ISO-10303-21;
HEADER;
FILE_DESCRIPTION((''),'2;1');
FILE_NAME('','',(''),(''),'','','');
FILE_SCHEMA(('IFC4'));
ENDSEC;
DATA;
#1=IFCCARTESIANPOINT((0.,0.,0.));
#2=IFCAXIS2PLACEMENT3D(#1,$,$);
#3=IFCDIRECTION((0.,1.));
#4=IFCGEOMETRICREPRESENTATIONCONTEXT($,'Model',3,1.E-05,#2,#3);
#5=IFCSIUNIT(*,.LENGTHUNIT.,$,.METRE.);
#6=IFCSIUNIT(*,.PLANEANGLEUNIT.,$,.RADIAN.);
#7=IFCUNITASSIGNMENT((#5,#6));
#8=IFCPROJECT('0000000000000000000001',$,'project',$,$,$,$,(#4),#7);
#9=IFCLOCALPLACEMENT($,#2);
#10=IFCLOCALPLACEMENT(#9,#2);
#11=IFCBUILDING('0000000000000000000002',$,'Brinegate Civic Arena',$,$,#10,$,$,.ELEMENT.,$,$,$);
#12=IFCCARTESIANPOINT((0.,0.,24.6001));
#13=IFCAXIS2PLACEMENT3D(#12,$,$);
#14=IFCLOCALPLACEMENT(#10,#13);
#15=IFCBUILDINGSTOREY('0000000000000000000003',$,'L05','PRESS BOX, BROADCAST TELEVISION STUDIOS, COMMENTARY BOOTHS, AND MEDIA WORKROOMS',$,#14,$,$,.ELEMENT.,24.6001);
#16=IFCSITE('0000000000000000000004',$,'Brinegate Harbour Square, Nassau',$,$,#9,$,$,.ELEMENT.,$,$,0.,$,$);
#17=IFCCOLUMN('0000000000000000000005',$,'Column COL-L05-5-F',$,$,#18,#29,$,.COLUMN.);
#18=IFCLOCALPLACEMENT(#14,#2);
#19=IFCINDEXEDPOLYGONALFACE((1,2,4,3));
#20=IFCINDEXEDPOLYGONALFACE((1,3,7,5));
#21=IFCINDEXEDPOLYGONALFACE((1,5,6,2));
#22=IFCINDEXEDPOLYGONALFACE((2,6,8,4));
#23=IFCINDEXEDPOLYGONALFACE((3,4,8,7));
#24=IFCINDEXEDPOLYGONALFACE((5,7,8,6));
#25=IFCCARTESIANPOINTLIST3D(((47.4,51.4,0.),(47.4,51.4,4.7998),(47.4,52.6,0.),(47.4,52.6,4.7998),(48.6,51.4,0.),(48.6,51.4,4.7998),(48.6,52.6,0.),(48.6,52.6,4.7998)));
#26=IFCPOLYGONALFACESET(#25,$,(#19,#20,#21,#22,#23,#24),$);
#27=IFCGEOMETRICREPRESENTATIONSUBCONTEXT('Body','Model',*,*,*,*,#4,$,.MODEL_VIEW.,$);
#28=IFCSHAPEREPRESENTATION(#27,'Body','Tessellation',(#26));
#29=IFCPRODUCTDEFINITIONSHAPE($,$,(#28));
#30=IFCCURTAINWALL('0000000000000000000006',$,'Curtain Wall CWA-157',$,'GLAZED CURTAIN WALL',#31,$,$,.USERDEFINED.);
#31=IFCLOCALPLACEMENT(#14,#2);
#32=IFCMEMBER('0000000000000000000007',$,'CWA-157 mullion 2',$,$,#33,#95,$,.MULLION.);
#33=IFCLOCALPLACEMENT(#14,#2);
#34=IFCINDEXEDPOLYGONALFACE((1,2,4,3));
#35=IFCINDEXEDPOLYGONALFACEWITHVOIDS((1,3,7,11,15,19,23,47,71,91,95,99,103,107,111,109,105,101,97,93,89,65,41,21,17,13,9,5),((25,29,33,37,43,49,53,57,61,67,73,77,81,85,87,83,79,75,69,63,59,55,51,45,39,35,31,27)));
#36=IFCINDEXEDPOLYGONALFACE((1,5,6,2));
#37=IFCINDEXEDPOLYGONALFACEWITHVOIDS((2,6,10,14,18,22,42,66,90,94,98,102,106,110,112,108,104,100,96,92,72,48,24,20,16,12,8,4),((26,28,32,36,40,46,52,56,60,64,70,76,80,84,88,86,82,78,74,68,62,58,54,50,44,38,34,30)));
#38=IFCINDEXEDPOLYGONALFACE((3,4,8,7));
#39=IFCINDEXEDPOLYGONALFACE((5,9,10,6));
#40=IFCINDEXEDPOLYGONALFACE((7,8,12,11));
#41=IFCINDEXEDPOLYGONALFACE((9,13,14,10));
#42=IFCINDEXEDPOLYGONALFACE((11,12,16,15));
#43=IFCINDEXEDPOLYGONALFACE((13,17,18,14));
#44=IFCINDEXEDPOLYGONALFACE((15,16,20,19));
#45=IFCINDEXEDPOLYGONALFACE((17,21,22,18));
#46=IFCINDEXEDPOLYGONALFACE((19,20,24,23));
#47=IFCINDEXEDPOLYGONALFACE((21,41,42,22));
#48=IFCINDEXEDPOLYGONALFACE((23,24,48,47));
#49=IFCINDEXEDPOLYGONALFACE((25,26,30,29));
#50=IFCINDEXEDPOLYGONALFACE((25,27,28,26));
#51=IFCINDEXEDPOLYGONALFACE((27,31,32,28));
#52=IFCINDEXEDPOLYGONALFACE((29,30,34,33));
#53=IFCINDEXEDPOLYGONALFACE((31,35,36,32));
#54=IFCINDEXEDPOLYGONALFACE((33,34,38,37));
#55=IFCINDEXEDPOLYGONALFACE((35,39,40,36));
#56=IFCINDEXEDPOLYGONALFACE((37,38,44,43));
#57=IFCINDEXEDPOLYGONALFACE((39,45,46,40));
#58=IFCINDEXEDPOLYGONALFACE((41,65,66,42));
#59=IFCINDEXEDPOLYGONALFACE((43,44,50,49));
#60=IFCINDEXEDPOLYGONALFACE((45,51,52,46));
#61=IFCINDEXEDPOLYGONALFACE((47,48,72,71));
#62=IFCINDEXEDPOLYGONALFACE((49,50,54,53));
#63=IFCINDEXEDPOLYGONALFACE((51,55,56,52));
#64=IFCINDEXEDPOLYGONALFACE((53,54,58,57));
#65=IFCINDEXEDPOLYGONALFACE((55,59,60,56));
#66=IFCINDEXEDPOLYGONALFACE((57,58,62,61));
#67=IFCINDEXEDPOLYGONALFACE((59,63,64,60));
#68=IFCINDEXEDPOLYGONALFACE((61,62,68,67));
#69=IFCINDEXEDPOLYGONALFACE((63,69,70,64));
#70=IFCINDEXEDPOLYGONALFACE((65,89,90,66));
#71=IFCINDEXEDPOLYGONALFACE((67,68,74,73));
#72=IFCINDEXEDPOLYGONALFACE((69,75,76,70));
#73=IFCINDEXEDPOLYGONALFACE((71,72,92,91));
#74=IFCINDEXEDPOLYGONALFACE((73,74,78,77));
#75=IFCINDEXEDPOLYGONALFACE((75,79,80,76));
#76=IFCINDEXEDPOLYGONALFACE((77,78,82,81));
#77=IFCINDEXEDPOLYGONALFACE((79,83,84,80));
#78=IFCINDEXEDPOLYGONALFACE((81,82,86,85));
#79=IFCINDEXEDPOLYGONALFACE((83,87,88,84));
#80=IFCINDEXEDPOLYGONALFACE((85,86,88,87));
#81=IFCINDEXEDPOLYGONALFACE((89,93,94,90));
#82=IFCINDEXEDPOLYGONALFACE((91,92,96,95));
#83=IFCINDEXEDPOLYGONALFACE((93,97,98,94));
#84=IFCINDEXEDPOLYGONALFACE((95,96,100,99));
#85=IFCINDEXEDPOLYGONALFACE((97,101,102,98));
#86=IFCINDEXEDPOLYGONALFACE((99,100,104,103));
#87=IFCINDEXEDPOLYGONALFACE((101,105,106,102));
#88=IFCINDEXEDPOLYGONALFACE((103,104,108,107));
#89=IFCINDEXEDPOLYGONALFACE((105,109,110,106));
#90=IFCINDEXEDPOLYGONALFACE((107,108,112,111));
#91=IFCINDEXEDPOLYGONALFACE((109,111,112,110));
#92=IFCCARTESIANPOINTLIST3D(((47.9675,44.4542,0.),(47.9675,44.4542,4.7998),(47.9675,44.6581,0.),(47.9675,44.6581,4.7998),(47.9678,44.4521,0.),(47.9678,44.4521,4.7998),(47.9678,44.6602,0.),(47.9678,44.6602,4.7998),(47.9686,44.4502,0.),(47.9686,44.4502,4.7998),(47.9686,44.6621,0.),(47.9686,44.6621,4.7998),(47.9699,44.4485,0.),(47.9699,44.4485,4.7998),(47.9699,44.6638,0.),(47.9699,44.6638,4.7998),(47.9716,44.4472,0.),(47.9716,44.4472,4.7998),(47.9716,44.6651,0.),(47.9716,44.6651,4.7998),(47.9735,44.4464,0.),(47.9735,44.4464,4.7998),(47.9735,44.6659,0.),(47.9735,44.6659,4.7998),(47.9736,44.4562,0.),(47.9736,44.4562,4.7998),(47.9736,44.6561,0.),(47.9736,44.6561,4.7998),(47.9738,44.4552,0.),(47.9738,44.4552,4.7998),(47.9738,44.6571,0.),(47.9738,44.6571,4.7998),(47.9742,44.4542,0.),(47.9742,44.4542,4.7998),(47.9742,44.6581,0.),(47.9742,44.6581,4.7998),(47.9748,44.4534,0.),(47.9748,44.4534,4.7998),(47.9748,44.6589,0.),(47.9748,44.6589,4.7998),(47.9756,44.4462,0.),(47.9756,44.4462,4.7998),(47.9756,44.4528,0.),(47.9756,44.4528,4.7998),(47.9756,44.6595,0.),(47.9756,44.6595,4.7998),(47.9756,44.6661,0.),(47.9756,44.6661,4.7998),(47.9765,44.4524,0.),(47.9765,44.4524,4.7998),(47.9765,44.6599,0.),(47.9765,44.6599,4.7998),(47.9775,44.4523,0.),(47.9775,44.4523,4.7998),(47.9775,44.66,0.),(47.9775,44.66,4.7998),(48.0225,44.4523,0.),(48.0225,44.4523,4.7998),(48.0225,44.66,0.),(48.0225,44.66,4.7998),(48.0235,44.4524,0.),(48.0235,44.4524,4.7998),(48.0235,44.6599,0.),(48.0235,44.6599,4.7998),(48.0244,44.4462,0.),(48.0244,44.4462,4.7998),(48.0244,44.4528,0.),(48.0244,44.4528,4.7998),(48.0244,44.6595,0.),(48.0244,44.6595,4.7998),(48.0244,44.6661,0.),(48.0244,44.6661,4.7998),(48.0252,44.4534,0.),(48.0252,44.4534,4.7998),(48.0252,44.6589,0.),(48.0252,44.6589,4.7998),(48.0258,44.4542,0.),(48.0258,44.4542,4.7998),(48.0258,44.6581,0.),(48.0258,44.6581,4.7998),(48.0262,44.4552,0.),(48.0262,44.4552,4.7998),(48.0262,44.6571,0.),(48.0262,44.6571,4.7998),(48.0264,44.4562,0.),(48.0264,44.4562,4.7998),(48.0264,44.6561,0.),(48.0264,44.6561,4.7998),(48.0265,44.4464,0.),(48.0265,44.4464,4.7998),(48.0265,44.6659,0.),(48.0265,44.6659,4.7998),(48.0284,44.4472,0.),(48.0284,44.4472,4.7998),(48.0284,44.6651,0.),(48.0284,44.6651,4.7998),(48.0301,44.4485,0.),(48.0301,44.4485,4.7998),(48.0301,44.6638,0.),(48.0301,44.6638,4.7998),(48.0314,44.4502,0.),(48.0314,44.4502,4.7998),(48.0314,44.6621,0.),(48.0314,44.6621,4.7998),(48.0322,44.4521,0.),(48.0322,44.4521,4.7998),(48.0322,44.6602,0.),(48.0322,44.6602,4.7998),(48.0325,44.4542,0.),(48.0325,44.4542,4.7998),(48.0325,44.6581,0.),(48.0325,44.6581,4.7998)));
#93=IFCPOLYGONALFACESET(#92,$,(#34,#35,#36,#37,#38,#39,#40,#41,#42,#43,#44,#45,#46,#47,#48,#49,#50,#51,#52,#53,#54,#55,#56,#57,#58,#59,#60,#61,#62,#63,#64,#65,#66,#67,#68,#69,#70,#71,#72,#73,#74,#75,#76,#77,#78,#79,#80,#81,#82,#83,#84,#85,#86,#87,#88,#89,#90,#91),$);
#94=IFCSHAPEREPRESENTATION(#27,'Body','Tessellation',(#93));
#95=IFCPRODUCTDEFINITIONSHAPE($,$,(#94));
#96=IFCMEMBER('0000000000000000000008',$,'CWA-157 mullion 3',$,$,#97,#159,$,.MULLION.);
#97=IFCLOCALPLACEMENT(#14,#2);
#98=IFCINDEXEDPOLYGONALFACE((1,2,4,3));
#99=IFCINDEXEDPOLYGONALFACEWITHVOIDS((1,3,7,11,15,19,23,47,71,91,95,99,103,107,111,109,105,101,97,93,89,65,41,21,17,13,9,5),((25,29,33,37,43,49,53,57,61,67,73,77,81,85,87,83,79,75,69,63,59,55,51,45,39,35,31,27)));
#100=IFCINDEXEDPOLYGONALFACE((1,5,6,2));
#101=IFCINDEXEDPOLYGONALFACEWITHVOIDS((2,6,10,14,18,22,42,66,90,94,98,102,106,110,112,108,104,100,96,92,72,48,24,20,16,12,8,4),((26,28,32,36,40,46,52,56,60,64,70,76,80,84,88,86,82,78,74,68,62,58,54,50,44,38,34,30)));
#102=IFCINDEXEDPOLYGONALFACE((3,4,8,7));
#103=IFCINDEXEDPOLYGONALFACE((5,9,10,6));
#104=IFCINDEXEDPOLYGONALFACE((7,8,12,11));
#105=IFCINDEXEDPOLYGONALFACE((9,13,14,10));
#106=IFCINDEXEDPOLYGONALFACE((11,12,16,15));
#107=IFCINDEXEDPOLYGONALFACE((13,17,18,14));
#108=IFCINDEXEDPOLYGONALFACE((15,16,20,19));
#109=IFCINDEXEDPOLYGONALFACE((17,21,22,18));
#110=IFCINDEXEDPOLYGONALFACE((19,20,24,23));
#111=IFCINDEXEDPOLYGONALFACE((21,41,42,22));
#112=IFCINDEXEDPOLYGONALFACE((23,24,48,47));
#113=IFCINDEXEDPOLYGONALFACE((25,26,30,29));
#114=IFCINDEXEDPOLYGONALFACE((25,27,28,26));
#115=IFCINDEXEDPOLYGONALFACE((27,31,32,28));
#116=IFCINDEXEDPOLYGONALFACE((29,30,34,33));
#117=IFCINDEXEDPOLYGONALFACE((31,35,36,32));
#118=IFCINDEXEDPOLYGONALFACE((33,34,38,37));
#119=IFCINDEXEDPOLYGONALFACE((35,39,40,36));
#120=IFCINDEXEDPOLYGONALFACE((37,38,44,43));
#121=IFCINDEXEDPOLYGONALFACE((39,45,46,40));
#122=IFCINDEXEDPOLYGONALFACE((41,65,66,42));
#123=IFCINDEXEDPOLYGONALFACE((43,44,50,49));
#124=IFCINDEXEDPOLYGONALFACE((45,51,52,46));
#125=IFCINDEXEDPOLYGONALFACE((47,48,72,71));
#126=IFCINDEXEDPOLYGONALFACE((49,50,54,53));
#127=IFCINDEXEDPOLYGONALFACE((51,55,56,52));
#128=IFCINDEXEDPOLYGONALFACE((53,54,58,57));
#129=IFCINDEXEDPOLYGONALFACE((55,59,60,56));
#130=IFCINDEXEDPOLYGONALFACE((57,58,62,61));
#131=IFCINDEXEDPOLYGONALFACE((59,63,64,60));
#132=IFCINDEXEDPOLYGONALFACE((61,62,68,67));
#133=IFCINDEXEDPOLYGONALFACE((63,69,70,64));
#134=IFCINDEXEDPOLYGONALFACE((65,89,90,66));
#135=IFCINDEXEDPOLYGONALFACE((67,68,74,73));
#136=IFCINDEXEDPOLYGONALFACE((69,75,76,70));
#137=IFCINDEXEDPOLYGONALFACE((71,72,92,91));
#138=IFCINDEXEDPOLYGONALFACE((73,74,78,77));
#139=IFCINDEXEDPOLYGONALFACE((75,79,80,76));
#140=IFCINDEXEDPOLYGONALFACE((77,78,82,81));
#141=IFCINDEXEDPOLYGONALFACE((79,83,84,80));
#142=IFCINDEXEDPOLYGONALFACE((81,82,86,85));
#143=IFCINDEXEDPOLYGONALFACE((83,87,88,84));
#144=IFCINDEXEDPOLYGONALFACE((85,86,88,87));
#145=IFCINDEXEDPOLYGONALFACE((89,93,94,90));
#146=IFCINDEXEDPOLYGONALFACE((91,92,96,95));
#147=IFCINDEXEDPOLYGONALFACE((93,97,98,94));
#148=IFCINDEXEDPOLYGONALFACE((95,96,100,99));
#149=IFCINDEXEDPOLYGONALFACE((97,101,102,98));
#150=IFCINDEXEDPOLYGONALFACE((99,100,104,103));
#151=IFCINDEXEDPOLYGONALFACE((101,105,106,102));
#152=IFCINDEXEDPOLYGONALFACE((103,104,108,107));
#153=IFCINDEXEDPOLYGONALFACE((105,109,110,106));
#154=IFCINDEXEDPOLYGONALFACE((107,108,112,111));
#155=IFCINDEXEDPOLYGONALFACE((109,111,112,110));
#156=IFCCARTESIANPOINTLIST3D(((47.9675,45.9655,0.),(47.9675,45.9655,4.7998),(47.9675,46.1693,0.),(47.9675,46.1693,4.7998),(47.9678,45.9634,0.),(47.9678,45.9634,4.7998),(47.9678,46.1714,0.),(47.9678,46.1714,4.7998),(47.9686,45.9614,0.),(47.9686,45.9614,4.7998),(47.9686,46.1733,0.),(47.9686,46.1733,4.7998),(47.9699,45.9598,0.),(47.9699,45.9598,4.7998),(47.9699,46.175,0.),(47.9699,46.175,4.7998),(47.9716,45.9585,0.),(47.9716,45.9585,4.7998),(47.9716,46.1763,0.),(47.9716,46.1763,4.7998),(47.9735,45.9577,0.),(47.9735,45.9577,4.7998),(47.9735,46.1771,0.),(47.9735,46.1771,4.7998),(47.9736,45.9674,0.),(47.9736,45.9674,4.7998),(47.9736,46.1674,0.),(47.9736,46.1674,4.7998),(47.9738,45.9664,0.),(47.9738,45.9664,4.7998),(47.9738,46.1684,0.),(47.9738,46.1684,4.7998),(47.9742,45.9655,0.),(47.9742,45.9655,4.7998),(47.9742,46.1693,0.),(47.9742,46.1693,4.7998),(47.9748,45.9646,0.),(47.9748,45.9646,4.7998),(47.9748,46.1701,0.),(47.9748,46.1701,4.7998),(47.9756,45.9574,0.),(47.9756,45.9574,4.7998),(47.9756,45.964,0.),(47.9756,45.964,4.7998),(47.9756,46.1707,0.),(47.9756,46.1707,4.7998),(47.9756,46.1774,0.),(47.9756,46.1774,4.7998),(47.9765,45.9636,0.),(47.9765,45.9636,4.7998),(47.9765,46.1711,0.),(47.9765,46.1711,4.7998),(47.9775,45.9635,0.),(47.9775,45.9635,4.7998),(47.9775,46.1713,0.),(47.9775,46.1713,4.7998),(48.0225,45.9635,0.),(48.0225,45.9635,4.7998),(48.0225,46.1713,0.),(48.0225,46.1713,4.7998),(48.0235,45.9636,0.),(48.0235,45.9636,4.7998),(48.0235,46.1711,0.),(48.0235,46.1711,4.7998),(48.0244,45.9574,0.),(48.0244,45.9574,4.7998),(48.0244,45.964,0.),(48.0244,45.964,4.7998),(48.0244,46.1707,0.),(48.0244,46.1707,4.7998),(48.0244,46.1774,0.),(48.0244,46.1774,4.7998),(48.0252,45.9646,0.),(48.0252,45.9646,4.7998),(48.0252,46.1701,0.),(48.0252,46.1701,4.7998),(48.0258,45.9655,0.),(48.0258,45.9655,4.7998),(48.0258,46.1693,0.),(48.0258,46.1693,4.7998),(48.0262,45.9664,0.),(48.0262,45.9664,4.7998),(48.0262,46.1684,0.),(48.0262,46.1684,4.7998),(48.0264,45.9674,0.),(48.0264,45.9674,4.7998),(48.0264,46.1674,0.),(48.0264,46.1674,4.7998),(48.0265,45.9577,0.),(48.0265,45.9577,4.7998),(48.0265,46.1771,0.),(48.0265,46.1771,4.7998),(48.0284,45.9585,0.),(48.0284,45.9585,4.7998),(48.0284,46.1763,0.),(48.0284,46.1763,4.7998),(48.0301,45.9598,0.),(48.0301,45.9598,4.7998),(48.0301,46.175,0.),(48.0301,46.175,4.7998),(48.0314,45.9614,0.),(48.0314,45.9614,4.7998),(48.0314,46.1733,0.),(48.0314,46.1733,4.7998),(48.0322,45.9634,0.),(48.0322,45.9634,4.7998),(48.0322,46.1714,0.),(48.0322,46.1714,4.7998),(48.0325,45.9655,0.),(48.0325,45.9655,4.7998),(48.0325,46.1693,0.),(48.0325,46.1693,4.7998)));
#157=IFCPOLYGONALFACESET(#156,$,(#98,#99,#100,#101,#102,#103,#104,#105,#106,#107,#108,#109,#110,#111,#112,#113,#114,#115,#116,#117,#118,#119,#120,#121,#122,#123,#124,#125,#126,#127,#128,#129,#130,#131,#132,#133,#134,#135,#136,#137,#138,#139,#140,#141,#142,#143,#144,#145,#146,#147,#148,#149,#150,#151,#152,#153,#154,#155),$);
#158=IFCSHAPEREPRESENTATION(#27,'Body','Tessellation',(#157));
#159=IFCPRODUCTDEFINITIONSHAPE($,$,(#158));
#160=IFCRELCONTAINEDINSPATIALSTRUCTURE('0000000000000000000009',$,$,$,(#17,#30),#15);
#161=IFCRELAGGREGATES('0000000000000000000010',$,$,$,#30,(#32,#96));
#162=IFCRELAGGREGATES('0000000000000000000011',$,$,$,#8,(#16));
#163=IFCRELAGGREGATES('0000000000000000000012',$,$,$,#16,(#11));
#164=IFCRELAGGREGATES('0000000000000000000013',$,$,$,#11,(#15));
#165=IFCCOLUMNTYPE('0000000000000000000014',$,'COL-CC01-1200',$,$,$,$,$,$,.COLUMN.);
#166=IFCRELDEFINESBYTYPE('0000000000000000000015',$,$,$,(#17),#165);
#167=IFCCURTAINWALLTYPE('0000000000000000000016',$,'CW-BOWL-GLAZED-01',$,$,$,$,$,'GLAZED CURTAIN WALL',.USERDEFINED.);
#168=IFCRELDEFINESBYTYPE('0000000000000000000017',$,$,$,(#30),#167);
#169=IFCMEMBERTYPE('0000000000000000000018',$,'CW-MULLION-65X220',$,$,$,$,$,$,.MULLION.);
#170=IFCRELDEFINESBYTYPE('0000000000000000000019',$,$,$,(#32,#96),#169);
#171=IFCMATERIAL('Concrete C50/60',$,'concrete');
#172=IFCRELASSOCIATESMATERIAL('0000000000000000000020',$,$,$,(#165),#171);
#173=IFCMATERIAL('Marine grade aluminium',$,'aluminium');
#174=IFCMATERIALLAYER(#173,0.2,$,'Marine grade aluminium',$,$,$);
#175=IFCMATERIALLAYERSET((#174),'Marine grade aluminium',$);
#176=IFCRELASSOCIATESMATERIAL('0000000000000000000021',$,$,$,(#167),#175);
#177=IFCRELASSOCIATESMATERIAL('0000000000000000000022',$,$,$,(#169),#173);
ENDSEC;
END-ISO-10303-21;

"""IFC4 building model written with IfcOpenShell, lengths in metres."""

from ifc_helpers import new_model, si_unit, direction, frame, origin, origin_2d, place, context, subcontext, project, spatial, rectangle, hollow_rectangle, extrude, material, layer, layer_set, material_profile, profile_set, type_object, element, aggregate, save


model = new_model("IFC4")

# Units and contexts
model_context = context("Model", 3, precision=1e-05, world=origin(), true_north=direction((0.0, 1.0)))
body_context = subcontext(model_context, "Body", "Model", "MODEL_VIEW")
ifc_project = project(units=[si_unit("LENGTHUNIT", "METRE"), si_unit("PLANEANGLEUNIT", "RADIAN")], contexts=[model_context])

# Site, building, storey
site_placement = place(None, origin())
site = spatial("IfcSite", under=ifc_project, at=site_placement, Name="Brinegate Harbour Square, Nassau", CompositionType="ELEMENT", RefElevation=0.0)
building_placement = place(site_placement, origin())
building = spatial("IfcBuilding", under=site, at=building_placement, Name="Brinegate Civic Arena", CompositionType="ELEMENT")
storey_placement = place(building_placement, frame((0.0, 0.0, 24.6001)))
storey = spatial("IfcBuildingStorey", under=building, at=storey_placement, Name="L05", Description="PRESS BOX, BROADCAST TELEVISION STUDIOS, COMMENTARY BOOTHS, AND MEDIA WORKROOMS", CompositionType="ELEMENT", Elevation=24.6001)

# Column
ifc_material_1 = material(Name="Concrete C50/60", Category="concrete")
ifc_material_profile_1 = material_profile(ifc_material_1, rectangle(XDim=1.2, YDim=1.2, at=origin_2d()), Name="RC1200X1200")
ifc_profile_set_1 = profile_set([ifc_material_profile_1], Name="Concrete C50/60")
column_type = type_object("IfcColumnType", Name="COL-CC01-1200", PredefinedType="COLUMN", material=ifc_profile_set_1)
column_placement = place(storey_placement, frame((48.0, 52.0, 0.0), z_axis=(0.0, 0.0, 1.0), x_axis=(1.0, 0.0, 0.0)))
element("IfcColumn", 1, at=column_placement, inside=storey, type_object=column_type, Name="Column COL-L05-5-F", PredefinedType="COLUMN", context=body_context, shape_type="SweptSolid", body=[
    extrude(rectangle(XDim=1.2, YDim=1.2, at=origin_2d()), origin(), (0.0, 0.0, 1.0), 4.7998),
])

# Curtain wall, members
ifc_material_2 = material(Name="Marine grade aluminium", Category="aluminium")
ifc_layer_1 = layer(ifc_material_2, 0.2, Name="Marine grade aluminium")
ifc_layer_set_1 = layer_set([ifc_layer_1], Name="Marine grade aluminium")
curtain_wall_type = type_object("IfcCurtainWallType", Name="CW-BOWL-GLAZED-01", ElementType="GLAZED CURTAIN WALL", PredefinedType="USERDEFINED", material=ifc_layer_set_1)
curtain_wall_placement = place(storey_placement, origin())
curtain_wall = element("IfcCurtainWall", 2, at=curtain_wall_placement, inside=storey, type_object=curtain_wall_type, Name="Curtain Wall CWA-157", ObjectType="GLAZED CURTAIN WALL", PredefinedType="USERDEFINED")
ifc_material_profile_2 = material_profile(ifc_material_2, hollow_rectangle(XDim=0.0649, YDim=0.22, WallThickness=0.0061, InnerFilletRadius=0.0039, OuterFilletRadius=0.0081, at=origin_2d()), Name="MUL65X220")
ifc_profile_set_2 = profile_set([ifc_material_profile_2], Name="Marine grade aluminium")
member_type_1 = type_object("IfcMemberType", Name="CW-MULLION-65X220", PredefinedType="MULLION", material=ifc_profile_set_2)
member_1_placement = place(storey_placement, frame((48.0, 44.5562, 0.0), z_axis=(0.0, 0.0, 1.0), x_axis=(-1.0, 0.0, 0.0)))
member_1 = element("IfcMember", 3, at=member_1_placement, type_object=member_type_1, Name="CWA-157 mullion 2", PredefinedType="MULLION", context=body_context, shape_type="SweptSolid", body=[
    extrude(hollow_rectangle(XDim=0.0649, YDim=0.22, WallThickness=0.0061, InnerFilletRadius=0.0039, OuterFilletRadius=0.0081, at=origin_2d()), origin(), (0.0, 0.0, 1.0), 4.7998),
])
member_2_placement = place(storey_placement, frame((48.0, 46.0674, 0.0), z_axis=(0.0, 0.0, 1.0), x_axis=(-1.0, 0.0, 0.0)))
member_2 = element("IfcMember", 4, at=member_2_placement, type_object=member_type_1, Name="CWA-157 mullion 3", PredefinedType="MULLION", context=body_context, shape_type="SweptSolid", body=[
    extrude(hollow_rectangle(XDim=0.0649, YDim=0.22, WallThickness=0.0061, InnerFilletRadius=0.0039, OuterFilletRadius=0.0081, at=origin_2d()), origin(), (0.0, 0.0, 1.0), 4.7998),
])

aggregate(curtain_wall, [member_1, member_2])

save(model, "model.ifc")
